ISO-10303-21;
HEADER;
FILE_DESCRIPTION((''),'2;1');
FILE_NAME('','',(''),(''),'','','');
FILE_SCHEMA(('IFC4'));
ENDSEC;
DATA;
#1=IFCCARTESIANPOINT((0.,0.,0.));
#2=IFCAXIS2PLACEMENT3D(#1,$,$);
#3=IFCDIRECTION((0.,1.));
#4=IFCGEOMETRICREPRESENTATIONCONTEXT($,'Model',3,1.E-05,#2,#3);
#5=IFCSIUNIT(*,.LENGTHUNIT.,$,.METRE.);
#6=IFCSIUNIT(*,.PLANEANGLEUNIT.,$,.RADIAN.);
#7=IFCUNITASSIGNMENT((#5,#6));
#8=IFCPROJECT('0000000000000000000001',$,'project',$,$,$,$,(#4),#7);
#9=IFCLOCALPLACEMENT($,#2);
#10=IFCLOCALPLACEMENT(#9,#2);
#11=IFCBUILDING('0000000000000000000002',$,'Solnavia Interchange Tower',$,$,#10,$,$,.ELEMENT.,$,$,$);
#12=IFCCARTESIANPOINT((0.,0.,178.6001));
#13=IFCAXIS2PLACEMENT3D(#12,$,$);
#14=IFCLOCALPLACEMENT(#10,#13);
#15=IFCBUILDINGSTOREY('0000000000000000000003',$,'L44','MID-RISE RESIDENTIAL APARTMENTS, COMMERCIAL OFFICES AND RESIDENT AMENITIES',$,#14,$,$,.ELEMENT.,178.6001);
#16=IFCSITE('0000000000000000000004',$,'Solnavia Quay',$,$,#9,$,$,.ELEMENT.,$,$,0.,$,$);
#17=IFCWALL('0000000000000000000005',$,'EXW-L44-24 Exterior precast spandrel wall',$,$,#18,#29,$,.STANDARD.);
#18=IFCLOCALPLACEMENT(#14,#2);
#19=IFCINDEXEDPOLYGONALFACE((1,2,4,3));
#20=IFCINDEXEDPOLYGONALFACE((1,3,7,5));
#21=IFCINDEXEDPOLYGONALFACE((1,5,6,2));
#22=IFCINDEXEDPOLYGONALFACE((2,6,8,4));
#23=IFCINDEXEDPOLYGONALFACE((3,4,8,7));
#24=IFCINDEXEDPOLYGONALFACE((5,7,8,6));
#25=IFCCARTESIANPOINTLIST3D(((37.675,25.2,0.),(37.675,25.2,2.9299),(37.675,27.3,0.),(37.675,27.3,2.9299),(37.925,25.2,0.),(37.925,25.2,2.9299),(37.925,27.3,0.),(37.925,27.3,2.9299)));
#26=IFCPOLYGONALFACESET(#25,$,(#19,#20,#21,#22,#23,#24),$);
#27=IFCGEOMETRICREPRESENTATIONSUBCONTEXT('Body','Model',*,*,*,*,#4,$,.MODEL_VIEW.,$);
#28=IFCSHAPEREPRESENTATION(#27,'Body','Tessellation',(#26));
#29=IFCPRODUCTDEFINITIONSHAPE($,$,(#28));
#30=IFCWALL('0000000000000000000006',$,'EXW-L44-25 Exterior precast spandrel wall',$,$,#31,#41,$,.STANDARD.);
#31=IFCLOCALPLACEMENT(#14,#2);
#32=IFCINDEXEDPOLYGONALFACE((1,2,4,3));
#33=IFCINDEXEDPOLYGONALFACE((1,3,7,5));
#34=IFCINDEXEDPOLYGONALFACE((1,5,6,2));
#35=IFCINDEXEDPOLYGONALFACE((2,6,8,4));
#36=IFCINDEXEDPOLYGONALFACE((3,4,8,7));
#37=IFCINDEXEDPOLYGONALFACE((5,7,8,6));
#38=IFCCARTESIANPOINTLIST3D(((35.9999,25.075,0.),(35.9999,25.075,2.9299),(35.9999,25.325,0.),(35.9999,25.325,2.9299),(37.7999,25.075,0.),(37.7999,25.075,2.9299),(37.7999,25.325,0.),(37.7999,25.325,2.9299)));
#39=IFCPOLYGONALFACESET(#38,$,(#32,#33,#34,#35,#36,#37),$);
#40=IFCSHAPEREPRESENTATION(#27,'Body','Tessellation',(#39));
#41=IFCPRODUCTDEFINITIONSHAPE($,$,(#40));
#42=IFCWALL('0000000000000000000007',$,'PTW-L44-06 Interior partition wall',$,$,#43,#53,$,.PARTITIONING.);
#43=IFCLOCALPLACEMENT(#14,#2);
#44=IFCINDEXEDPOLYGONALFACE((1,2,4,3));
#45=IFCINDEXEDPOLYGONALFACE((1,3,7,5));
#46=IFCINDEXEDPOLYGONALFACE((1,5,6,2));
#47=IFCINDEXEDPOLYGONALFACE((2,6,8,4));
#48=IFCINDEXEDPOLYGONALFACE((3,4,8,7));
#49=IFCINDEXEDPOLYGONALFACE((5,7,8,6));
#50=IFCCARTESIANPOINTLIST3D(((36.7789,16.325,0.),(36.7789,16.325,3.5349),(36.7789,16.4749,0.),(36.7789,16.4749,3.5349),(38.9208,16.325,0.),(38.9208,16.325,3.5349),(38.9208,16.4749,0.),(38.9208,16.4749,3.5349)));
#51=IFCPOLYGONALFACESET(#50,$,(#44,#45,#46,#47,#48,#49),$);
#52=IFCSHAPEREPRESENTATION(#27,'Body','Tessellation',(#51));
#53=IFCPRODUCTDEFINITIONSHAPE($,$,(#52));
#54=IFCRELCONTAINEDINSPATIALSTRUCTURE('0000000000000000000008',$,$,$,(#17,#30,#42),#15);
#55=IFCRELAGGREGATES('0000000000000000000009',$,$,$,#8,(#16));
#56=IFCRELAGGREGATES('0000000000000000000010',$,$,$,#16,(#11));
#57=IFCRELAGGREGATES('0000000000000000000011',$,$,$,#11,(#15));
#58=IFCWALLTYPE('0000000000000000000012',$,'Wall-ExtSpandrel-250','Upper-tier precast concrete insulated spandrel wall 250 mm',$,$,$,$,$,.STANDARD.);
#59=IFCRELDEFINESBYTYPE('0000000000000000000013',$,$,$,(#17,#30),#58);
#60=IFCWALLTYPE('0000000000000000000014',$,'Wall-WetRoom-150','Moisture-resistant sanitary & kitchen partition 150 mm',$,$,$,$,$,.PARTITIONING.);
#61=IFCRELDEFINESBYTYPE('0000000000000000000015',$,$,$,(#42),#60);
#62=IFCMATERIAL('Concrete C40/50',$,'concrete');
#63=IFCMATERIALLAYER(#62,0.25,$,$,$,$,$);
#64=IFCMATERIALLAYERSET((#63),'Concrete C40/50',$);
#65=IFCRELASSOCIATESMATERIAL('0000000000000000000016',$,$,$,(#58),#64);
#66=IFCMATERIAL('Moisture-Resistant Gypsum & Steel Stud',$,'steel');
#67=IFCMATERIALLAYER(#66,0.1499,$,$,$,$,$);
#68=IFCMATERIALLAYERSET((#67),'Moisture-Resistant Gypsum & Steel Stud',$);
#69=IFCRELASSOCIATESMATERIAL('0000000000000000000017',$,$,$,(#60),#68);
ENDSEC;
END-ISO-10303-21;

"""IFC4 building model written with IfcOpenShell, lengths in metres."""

from ifc_helpers import new_model, si_unit, direction, frame, frame_2d, origin, place, context, subcontext, project, spatial, rectangle, extrude, material, layer, layer_set, type_object, element, save


model = new_model("IFC4")

# Units and contexts
model_context = context("Model", 3, precision=1e-05, world=origin(), true_north=direction((0.0, 1.0)))
body_context = subcontext(model_context, "Body", "Model", "MODEL_VIEW")
ifc_project = project(units=[si_unit("LENGTHUNIT", "METRE"), si_unit("PLANEANGLEUNIT", "RADIAN")], contexts=[model_context])

# Site, building, storey
site_placement = place(None, origin())
site = spatial("IfcSite", under=ifc_project, at=site_placement, Name="Solnavia Quay", CompositionType="ELEMENT", RefElevation=0.0)
building_placement = place(site_placement, origin())
building = spatial("IfcBuilding", under=site, at=building_placement, Name="Solnavia Interchange Tower", CompositionType="ELEMENT")
storey_placement = place(building_placement, frame((0.0, 0.0, 178.6001)))
storey = spatial("IfcBuildingStorey", under=building, at=storey_placement, Name="L44", Description="MID-RISE RESIDENTIAL APARTMENTS, COMMERCIAL OFFICES AND RESIDENT AMENITIES", CompositionType="ELEMENT", Elevation=178.6001)

# Shared definitions
ifc_material_1 = material(Name="Concrete C40/50", Category="concrete")
ifc_layer_1 = layer(ifc_material_1, 0.25)
ifc_layer_set_1 = layer_set([ifc_layer_1], Name="Concrete C40/50")
wall_type_1 = type_object("IfcWallType", Name="Wall-ExtSpandrel-250", Description="Upper-tier precast concrete insulated spandrel wall 250 mm", PredefinedType="STANDARD", material=ifc_layer_set_1)

# Walls
wall_1_placement = place(storey_placement, frame((37.8, 27.3, 0.0), z_axis=(0.0, 0.0, 1.0), x_axis=(0.0, -1.0, 0.0)))
element("IfcWall", 1, at=wall_1_placement, inside=storey, type_object=wall_type_1, Name="EXW-L44-24 Exterior precast spandrel wall", PredefinedType="STANDARD", context=body_context, shape_type="SweptSolid", body=[
    extrude(rectangle(XDim=2.1001, YDim=0.25, at=frame_2d((1.05, 0.0))), origin(), (0.0, 0.0, 1.0), 2.9299),
])
wall_2_placement = place(storey_placement, frame((36.0, 25.2, 0.0), z_axis=(0.0, 0.0, 1.0), x_axis=(1.0, 0.0, 0.0)))
element("IfcWall", 2, at=wall_2_placement, inside=storey, type_object=wall_type_1, Name="EXW-L44-25 Exterior precast spandrel wall", PredefinedType="STANDARD", context=body_context, shape_type="SweptSolid", body=[
    extrude(rectangle(XDim=1.8, YDim=0.25, at=frame_2d((0.8999, 0.0))), origin(), (0.0, 0.0, 1.0), 2.9299),
])
ifc_material_2 = material(Name="Moisture-Resistant Gypsum & Steel Stud", Category="steel")
ifc_layer_2 = layer(ifc_material_2, 0.1499)
ifc_layer_set_2 = layer_set([ifc_layer_2], Name="Moisture-Resistant Gypsum & Steel Stud")
wall_type_2 = type_object("IfcWallType", Name="Wall-WetRoom-150", Description="Moisture-resistant sanitary & kitchen partition 150 mm", PredefinedType="PARTITIONING", material=ifc_layer_set_2)
wall_3_placement = place(storey_placement, frame((36.7791, 16.3999, 0.0), z_axis=(0.0, 0.0, 1.0), x_axis=(1.0, 0.0, 0.0)))
element("IfcWall", 3, at=wall_3_placement, inside=storey, type_object=wall_type_2, Name="PTW-L44-06 Interior partition wall", PredefinedType="PARTITIONING", context=body_context, shape_type="SweptSolid", body=[
    extrude(rectangle(XDim=2.1418, YDim=0.1499, at=frame_2d((1.0708, 0.0))), origin(), (0.0, 0.0, 1.0), 3.5349),
])

save(model, "model.ifc")
